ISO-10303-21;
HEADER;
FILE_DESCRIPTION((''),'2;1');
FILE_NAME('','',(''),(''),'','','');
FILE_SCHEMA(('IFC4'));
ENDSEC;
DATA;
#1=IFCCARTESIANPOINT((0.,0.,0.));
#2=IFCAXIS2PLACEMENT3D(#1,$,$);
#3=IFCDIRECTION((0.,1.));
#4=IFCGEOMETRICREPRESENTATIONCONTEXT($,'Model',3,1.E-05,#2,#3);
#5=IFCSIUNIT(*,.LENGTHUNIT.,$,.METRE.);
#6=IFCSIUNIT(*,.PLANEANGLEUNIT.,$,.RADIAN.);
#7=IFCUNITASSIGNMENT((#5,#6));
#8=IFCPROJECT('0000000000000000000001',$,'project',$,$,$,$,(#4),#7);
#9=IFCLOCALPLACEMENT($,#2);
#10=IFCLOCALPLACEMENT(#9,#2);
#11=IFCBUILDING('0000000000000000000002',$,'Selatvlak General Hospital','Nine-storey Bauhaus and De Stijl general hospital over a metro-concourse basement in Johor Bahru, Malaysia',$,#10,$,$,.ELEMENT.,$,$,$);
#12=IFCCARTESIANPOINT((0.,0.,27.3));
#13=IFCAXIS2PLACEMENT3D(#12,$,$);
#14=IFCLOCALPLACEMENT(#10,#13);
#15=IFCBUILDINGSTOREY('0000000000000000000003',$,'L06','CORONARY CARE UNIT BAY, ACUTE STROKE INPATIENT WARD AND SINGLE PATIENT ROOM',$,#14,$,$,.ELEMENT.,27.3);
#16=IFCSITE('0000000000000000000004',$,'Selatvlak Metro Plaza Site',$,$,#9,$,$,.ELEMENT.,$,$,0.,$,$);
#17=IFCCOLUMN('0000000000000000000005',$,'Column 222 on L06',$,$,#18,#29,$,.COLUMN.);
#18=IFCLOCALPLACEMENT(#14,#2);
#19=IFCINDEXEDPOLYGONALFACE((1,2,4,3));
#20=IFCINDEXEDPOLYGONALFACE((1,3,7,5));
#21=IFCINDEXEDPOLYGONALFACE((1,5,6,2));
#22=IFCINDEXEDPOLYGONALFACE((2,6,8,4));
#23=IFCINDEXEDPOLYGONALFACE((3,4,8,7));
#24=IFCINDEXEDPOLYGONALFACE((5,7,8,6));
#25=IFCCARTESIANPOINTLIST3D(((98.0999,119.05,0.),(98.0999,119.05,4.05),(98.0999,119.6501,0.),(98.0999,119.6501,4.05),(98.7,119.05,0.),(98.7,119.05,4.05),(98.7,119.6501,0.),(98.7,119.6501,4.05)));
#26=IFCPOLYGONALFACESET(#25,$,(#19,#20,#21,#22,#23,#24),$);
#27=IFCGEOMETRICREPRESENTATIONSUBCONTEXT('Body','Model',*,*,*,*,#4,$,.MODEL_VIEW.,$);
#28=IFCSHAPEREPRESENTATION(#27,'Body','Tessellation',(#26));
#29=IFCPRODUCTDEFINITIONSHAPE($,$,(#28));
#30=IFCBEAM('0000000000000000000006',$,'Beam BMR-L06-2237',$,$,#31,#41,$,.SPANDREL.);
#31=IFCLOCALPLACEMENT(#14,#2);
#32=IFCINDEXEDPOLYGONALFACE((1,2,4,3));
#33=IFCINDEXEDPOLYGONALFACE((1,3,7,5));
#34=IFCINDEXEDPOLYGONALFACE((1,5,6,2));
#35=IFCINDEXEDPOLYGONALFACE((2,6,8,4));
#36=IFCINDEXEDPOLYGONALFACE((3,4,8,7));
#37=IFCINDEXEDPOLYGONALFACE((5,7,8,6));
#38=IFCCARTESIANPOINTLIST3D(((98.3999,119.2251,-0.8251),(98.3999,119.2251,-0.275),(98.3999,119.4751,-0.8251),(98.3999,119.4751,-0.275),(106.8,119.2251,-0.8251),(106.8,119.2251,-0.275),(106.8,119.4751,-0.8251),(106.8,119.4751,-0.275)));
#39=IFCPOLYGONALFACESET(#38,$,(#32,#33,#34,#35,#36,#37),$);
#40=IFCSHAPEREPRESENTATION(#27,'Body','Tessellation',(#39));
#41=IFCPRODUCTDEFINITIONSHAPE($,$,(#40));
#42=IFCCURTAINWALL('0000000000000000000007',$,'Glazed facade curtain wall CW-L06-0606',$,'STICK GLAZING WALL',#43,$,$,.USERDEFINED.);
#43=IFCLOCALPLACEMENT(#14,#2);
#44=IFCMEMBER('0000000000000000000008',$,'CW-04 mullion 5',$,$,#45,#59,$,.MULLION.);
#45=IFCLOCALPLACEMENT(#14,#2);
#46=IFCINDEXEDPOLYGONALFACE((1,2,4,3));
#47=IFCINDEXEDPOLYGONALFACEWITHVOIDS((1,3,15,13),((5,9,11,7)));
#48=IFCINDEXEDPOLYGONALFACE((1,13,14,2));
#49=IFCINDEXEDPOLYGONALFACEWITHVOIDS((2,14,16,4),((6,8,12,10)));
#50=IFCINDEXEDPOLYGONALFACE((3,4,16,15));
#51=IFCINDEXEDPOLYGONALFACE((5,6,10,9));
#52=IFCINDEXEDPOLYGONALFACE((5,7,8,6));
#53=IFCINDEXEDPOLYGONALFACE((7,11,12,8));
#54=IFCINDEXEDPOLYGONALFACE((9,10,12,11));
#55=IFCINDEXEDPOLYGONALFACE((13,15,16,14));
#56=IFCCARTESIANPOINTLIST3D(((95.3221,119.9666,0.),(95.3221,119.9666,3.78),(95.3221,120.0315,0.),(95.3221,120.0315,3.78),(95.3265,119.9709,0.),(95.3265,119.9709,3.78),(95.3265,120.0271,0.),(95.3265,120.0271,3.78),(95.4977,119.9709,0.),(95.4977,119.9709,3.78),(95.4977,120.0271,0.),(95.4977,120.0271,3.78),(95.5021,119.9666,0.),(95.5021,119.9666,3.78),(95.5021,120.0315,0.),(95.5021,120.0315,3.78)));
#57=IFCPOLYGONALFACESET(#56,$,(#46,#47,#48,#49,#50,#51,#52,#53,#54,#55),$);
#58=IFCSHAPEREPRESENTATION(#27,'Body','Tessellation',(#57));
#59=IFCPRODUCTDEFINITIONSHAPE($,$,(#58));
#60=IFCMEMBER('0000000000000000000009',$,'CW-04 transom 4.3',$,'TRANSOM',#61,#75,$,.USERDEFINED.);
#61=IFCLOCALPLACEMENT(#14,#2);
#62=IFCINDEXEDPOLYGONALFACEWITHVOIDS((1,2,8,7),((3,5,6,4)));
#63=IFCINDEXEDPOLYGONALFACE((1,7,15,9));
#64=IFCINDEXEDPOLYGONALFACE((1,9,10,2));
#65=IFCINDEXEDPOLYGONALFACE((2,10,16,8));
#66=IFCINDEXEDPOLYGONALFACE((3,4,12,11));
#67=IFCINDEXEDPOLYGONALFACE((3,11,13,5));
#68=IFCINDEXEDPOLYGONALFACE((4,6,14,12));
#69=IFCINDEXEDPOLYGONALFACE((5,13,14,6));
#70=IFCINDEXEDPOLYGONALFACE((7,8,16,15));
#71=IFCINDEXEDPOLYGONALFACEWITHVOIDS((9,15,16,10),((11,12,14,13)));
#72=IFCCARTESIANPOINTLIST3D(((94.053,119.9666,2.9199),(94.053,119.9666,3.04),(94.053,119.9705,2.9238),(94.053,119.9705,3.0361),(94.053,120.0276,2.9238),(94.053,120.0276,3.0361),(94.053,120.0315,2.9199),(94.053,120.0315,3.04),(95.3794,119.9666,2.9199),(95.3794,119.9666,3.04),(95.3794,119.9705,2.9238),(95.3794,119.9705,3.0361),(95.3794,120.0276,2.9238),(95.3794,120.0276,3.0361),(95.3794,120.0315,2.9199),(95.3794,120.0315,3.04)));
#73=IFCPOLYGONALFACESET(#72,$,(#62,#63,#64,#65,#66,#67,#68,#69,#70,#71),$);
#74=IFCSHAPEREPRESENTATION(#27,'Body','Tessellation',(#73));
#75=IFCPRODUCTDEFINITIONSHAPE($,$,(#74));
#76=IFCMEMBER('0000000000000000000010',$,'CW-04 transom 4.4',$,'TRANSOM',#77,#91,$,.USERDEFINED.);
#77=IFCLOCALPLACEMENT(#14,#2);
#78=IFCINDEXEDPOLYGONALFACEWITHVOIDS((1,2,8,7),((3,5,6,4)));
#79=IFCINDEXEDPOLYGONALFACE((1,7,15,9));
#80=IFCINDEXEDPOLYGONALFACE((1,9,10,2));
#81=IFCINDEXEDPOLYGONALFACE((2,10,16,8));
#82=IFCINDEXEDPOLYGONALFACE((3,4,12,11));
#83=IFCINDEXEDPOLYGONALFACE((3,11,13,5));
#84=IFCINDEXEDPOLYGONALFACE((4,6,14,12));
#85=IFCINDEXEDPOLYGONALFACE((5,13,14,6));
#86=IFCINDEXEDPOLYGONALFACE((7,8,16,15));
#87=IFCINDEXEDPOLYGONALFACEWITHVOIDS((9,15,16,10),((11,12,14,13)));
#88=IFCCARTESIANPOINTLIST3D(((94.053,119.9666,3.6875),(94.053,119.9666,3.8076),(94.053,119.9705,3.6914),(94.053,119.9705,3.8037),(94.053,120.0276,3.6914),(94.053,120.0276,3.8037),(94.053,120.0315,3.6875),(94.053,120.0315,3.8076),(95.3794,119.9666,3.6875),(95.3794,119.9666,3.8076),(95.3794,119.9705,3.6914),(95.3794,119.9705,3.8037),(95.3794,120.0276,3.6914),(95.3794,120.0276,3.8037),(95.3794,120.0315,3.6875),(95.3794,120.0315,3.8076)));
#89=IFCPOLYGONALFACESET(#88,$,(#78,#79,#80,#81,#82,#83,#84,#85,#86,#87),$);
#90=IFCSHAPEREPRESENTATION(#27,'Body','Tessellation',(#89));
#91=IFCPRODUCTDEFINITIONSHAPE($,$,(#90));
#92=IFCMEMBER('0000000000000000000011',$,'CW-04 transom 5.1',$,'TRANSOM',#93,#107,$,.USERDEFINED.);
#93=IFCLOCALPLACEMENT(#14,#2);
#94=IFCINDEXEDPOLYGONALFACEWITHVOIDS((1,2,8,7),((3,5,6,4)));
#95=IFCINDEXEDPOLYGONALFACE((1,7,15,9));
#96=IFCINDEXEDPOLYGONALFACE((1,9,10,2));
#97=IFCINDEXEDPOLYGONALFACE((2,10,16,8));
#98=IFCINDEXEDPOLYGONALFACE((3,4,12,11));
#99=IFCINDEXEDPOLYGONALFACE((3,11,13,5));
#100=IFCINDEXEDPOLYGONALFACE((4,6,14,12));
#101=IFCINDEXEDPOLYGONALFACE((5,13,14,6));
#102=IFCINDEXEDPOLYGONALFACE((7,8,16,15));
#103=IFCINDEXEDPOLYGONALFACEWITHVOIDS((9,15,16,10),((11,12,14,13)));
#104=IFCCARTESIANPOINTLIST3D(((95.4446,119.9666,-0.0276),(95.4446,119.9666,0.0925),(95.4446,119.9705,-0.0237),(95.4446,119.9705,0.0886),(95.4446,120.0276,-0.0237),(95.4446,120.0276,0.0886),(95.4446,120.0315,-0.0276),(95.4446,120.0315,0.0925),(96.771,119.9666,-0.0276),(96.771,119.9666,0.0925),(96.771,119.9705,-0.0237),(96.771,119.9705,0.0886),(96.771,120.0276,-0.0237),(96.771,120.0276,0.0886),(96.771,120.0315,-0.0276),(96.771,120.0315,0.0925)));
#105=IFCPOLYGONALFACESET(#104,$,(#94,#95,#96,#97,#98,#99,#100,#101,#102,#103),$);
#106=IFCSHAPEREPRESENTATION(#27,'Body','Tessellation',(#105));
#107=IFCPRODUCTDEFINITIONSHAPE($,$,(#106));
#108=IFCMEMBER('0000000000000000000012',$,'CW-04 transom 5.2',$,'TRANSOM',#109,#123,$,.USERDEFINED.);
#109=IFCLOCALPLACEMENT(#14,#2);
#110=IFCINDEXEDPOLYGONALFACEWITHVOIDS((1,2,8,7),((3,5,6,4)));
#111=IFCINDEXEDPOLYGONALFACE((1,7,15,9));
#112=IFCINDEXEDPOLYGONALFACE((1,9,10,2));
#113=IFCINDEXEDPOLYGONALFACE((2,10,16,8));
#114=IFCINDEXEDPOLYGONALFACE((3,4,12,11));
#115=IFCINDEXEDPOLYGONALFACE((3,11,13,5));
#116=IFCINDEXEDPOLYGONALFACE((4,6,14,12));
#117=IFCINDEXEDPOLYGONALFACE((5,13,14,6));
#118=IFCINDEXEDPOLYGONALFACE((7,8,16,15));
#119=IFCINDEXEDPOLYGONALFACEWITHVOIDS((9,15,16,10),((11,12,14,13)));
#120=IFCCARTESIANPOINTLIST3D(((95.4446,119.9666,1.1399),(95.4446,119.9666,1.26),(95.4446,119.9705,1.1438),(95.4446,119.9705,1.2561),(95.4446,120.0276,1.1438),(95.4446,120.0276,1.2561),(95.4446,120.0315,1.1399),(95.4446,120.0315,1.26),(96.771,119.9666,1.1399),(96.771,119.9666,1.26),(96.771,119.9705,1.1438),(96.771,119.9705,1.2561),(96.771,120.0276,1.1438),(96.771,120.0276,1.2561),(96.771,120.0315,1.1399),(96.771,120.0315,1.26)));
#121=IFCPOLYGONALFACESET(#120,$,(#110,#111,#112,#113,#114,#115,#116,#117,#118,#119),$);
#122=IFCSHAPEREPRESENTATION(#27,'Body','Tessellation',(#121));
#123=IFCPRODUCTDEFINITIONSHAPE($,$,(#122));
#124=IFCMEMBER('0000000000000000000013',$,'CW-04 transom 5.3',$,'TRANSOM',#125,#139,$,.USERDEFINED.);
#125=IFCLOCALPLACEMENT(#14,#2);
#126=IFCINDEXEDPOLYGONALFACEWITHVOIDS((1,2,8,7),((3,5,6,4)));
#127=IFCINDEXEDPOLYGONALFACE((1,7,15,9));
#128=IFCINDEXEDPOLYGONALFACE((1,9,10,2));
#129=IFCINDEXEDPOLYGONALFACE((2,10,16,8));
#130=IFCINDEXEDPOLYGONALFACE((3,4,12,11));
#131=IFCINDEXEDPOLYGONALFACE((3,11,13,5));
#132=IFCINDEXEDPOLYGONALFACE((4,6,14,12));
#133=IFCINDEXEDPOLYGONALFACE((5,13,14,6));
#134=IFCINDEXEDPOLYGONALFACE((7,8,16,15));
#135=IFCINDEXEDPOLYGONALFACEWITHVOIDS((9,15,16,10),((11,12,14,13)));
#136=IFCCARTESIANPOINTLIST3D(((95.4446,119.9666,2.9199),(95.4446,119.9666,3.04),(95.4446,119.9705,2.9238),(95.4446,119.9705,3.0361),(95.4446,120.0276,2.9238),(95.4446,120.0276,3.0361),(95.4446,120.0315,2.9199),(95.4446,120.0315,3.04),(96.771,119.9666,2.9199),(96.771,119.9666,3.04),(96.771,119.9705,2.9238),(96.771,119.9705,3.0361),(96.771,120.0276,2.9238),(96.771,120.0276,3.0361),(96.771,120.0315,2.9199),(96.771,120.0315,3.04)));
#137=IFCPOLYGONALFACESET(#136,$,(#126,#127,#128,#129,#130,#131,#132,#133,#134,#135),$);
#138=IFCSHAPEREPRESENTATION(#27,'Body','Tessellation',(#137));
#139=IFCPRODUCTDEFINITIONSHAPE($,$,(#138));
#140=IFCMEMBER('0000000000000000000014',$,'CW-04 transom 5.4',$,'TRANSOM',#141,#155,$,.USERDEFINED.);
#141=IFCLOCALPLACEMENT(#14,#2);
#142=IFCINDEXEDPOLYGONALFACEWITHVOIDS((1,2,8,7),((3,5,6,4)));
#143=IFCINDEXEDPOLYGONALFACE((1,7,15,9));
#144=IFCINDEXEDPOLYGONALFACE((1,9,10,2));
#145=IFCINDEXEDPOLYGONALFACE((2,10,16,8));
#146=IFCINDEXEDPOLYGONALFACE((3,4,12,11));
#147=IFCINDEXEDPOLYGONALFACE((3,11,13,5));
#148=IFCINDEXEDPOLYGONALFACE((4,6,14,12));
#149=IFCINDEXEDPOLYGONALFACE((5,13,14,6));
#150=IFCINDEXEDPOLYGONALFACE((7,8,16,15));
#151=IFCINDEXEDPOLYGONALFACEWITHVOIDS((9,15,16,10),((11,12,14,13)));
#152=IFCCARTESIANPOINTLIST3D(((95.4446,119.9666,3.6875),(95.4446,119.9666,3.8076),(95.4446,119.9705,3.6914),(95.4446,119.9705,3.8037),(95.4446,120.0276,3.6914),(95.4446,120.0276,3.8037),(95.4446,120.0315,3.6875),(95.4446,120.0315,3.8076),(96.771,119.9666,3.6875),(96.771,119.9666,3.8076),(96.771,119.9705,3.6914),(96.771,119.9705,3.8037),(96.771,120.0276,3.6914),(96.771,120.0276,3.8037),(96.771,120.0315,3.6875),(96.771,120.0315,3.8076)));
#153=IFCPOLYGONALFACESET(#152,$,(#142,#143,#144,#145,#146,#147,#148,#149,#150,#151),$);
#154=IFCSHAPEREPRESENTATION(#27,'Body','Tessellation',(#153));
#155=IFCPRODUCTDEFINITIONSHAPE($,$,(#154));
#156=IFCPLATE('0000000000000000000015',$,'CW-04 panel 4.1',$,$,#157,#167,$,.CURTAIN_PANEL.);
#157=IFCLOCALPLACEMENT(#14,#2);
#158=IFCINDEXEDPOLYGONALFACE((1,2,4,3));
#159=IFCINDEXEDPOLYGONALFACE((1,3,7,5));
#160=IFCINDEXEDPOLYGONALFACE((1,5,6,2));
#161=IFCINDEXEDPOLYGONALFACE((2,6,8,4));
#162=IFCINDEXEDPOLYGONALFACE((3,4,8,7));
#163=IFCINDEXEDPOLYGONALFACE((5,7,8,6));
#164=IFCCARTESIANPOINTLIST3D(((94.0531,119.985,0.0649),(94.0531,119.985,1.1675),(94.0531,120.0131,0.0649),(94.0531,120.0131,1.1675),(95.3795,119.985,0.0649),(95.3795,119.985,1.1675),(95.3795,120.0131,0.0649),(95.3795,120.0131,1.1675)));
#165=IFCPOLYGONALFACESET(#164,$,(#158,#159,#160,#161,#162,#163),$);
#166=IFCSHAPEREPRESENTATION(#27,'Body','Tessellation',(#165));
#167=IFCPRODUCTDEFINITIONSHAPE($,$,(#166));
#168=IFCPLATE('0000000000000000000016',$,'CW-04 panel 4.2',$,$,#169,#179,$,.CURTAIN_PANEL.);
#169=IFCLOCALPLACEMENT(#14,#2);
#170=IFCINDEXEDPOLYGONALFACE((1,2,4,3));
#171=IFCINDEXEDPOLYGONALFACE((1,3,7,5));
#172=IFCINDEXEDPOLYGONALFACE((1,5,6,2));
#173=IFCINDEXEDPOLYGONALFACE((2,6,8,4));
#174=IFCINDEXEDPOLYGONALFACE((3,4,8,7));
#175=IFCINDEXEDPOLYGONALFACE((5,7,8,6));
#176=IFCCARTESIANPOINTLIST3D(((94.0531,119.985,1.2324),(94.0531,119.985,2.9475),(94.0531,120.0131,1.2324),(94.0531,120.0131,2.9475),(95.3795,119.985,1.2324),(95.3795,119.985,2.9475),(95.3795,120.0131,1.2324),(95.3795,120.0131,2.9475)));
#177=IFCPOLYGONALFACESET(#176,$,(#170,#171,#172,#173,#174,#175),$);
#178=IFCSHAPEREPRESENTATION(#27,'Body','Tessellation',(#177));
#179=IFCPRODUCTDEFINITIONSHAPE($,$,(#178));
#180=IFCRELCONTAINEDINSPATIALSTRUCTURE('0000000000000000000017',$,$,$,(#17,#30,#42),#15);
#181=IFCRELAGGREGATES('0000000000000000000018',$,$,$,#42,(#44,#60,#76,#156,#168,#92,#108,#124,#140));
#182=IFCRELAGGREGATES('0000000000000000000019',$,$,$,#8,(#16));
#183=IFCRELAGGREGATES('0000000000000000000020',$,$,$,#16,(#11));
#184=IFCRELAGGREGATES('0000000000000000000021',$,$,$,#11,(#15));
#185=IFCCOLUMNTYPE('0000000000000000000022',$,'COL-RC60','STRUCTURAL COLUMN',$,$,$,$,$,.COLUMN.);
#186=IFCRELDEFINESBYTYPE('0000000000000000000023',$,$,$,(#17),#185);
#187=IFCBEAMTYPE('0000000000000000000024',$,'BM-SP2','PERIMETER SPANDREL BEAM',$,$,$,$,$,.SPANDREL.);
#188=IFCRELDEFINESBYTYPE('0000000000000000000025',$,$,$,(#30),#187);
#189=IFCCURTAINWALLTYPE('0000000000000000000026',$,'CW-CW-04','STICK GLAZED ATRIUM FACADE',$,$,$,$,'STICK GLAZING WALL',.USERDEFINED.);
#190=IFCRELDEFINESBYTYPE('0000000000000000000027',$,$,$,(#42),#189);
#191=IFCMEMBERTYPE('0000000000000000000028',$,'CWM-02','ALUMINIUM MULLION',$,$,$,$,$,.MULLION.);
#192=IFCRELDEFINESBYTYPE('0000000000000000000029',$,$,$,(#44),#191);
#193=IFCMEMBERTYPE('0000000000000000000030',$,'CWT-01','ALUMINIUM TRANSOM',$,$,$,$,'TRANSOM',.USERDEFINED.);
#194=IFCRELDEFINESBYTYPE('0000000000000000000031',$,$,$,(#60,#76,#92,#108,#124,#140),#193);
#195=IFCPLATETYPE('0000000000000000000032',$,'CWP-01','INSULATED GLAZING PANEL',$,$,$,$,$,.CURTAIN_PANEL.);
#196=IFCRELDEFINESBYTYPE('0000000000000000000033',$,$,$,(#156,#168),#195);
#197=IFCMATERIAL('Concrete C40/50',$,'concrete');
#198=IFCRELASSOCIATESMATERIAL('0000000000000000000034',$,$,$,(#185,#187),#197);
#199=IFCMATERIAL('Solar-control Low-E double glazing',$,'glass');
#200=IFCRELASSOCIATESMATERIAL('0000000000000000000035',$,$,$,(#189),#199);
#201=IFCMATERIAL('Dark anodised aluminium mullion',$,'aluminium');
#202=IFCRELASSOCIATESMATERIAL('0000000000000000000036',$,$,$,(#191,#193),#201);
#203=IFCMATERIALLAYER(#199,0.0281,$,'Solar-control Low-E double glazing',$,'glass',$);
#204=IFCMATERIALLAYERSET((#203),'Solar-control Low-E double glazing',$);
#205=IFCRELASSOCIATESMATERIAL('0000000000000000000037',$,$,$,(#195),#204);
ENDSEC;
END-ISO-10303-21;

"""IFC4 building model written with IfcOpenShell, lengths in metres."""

from ifc_helpers import new_model, si_unit, direction, frame, origin, origin_2d, place, context, subcontext, project, spatial, rectangle, hollow_rectangle, extrude, material, layer, layer_set, material_profile, profile_set, type_object, element, aggregate, save


model = new_model("IFC4")

# Units and contexts
model_context = context("Model", 3, precision=1e-05, world=origin(), true_north=direction((0.0, 1.0)))
body_context = subcontext(model_context, "Body", "Model", "MODEL_VIEW")
ifc_project = project(units=[si_unit("LENGTHUNIT", "METRE"), si_unit("PLANEANGLEUNIT", "RADIAN")], contexts=[model_context])

# Site, building, storey
site_placement = place(None, origin())
site = spatial("IfcSite", under=ifc_project, at=site_placement, Name="Selatvlak Metro Plaza Site", CompositionType="ELEMENT", RefElevation=0.0)
building_placement = place(site_placement, origin())
building = spatial("IfcBuilding", under=site, at=building_placement, Name="Selatvlak General Hospital", Description="Nine-storey Bauhaus and De Stijl general hospital over a metro-concourse basement in Johor Bahru, Malaysia", CompositionType="ELEMENT")
storey_placement = place(building_placement, frame((0.0, 0.0, 27.3)))
storey = spatial("IfcBuildingStorey", under=building, at=storey_placement, Name="L06", Description="CORONARY CARE UNIT BAY, ACUTE STROKE INPATIENT WARD AND SINGLE PATIENT ROOM", CompositionType="ELEMENT", Elevation=27.3)

# Column
ifc_material_1 = material(Name="Concrete C40/50", Category="concrete")
ifc_material_profile_1 = material_profile(ifc_material_1, rectangle(XDim=0.6001, YDim=0.6001, at=origin_2d()), Name="RC-COL 600x600")
ifc_profile_set_1 = profile_set([ifc_material_profile_1], Name="Concrete C40/50")
column_type = type_object("IfcColumnType", Name="COL-RC60", Description="STRUCTURAL COLUMN", PredefinedType="COLUMN", material=ifc_profile_set_1)
column_placement = place(storey_placement, frame((98.3999, 119.3501, 0.0), z_axis=(0.0, 0.0, 1.0), x_axis=(1.0, 0.0, 0.0)))
element("IfcColumn", 1, at=column_placement, inside=storey, type_object=column_type, Name="Column 222 on L06", PredefinedType="COLUMN", context=body_context, shape_type="SweptSolid", body=[
    extrude(rectangle(XDim=0.6001, YDim=0.6001, at=origin_2d()), origin(), (0.0, 0.0, 1.0), 4.05),
])

# Beam
ifc_material_profile_2 = material_profile(ifc_material_1, rectangle(XDim=0.25, YDim=0.55, at=origin_2d()), Name="RC-SP 250x550")
ifc_profile_set_2 = profile_set([ifc_material_profile_2], Name="Concrete C40/50")
beam_type = type_object("IfcBeamType", Name="BM-SP2", Description="PERIMETER SPANDREL BEAM", PredefinedType="SPANDREL", material=ifc_profile_set_2)
beam_placement = place(storey_placement, frame((98.3999, 119.3501, -0.55), z_axis=(1.0, 0.0, 0.0), x_axis=(0.0, 1.0, 0.0)))
element("IfcBeam", 2, at=beam_placement, inside=storey, type_object=beam_type, Name="Beam BMR-L06-2237", PredefinedType="SPANDREL", context=body_context, shape_type="SweptSolid", body=[
    extrude(rectangle(XDim=0.25, YDim=0.55, at=origin_2d()), origin(), (0.0, 0.0, 1.0), 8.4001),
])

# Curtain wall, members, plates
ifc_material_2 = material(Name="Solar-control Low-E double glazing", Category="glass")
curtain_wall_type = type_object("IfcCurtainWallType", Name="CW-CW-04", Description="STICK GLAZED ATRIUM FACADE", ElementType="STICK GLAZING WALL", PredefinedType="USERDEFINED", material=ifc_material_2)
curtain_wall_placement = place(storey_placement, origin())
curtain_wall = element("IfcCurtainWall", 3, at=curtain_wall_placement, inside=storey, type_object=curtain_wall_type, Name="Glazed facade curtain wall CW-L06-0606", ObjectType="STICK GLAZING WALL", PredefinedType="USERDEFINED")
ifc_material_3 = material(Name="Dark anodised aluminium mullion", Category="aluminium")
ifc_material_profile_3 = material_profile(ifc_material_3, hollow_rectangle(XDim=0.0649, YDim=0.1799, WallThickness=0.0044, at=origin_2d()), Name="AL-MUL 65x180x4.5")
ifc_profile_set_3 = profile_set([ifc_material_profile_3], Name="Dark anodised aluminium mullion")
member_type_1 = type_object("IfcMemberType", Name="CWM-02", Description="ALUMINIUM MULLION", PredefinedType="MULLION", material=ifc_profile_set_3)
member_1_placement = place(storey_placement, frame((95.4121, 119.999, 0.0), z_axis=(0.0, 0.0, 1.0), x_axis=(0.0, 1.0, 0.0)))
member_1 = element("IfcMember", 4, at=member_1_placement, type_object=member_type_1, Name="CW-04 mullion 5", PredefinedType="MULLION", context=body_context, shape_type="SweptSolid", body=[
    extrude(hollow_rectangle(XDim=0.0649, YDim=0.1799, WallThickness=0.0044, at=origin_2d()), origin(), (0.0, 0.0, 1.0), 3.78),
])
ifc_material_profile_4 = material_profile(ifc_material_3, hollow_rectangle(XDim=0.0649, YDim=0.1201, WallThickness=0.0039, at=origin_2d()), Name="AL-TRN 65x120x4")
ifc_profile_set_4 = profile_set([ifc_material_profile_4], Name="Dark anodised aluminium mullion")
member_type_2 = type_object("IfcMemberType", Name="CWT-01", Description="ALUMINIUM TRANSOM", ElementType="TRANSOM", PredefinedType="USERDEFINED", material=ifc_profile_set_4)
member_2_placement = place(storey_placement, frame((94.053, 119.999, 2.98), z_axis=(1.0, 0.0, 0.0), x_axis=(0.0, 1.0, 0.0)))
member_2 = element("IfcMember", 5, at=member_2_placement, type_object=member_type_2, Name="CW-04 transom 4.3", ObjectType="TRANSOM", PredefinedType="USERDEFINED", context=body_context, shape_type="SweptSolid", body=[
    extrude(hollow_rectangle(XDim=0.0649, YDim=0.1201, WallThickness=0.0039, at=origin_2d()), origin(), (0.0, 0.0, 1.0), 1.3264),
])
member_3_placement = place(storey_placement, frame((94.053, 119.999, 3.7476), z_axis=(1.0, 0.0, 0.0), x_axis=(0.0, 1.0, 0.0)))
member_3 = element("IfcMember", 6, at=member_3_placement, type_object=member_type_2, Name="CW-04 transom 4.4", ObjectType="TRANSOM", PredefinedType="USERDEFINED", context=body_context, shape_type="SweptSolid", body=[
    extrude(hollow_rectangle(XDim=0.0649, YDim=0.1201, WallThickness=0.0039, at=origin_2d()), origin(), (0.0, 0.0, 1.0), 1.3264),
])
member_4_placement = place(storey_placement, frame((95.4446, 119.999, 0.0325), z_axis=(1.0, 0.0, 0.0), x_axis=(0.0, 1.0, 0.0)))
member_4 = element("IfcMember", 7, at=member_4_placement, type_object=member_type_2, Name="CW-04 transom 5.1", ObjectType="TRANSOM", PredefinedType="USERDEFINED", context=body_context, shape_type="SweptSolid", body=[
    extrude(hollow_rectangle(XDim=0.0649, YDim=0.1201, WallThickness=0.0039, at=origin_2d()), origin(), (0.0, 0.0, 1.0), 1.3264),
])
member_5_placement = place(storey_placement, frame((95.4446, 119.999, 1.2), z_axis=(1.0, 0.0, 0.0), x_axis=(0.0, 1.0, 0.0)))
member_5 = element("IfcMember", 8, at=member_5_placement, type_object=member_type_2, Name="CW-04 transom 5.2", ObjectType="TRANSOM", PredefinedType="USERDEFINED", context=body_context, shape_type="SweptSolid", body=[
    extrude(hollow_rectangle(XDim=0.0649, YDim=0.1201, WallThickness=0.0039, at=origin_2d()), origin(), (0.0, 0.0, 1.0), 1.3264),
])
member_6_placement = place(storey_placement, frame((95.4446, 119.999, 2.98), z_axis=(1.0, 0.0, 0.0), x_axis=(0.0, 1.0, 0.0)))
member_6 = element("IfcMember", 9, at=member_6_placement, type_object=member_type_2, Name="CW-04 transom 5.3", ObjectType="TRANSOM", PredefinedType="USERDEFINED", context=body_context, shape_type="SweptSolid", body=[
    extrude(hollow_rectangle(XDim=0.0649, YDim=0.1201, WallThickness=0.0039, at=origin_2d()), origin(), (0.0, 0.0, 1.0), 1.3264),
])
member_7_placement = place(storey_placement, frame((95.4446, 119.999, 3.7476), z_axis=(1.0, 0.0, 0.0), x_axis=(0.0, 1.0, 0.0)))
member_7 = element("IfcMember", 10, at=member_7_placement, type_object=member_type_2, Name="CW-04 transom 5.4", ObjectType="TRANSOM", PredefinedType="USERDEFINED", context=body_context, shape_type="SweptSolid", body=[
    extrude(hollow_rectangle(XDim=0.0649, YDim=0.1201, WallThickness=0.0039, at=origin_2d()), origin(), (0.0, 0.0, 1.0), 1.3264),
])
ifc_layer_1 = layer(ifc_material_2, 0.0281, Name="Solar-control Low-E double glazing", Category="glass")
ifc_layer_set_1 = layer_set([ifc_layer_1], Name="Solar-control Low-E double glazing")
plate_type = type_object("IfcPlateType", Name="CWP-01", Description="INSULATED GLAZING PANEL", PredefinedType="CURTAIN_PANEL", material=ifc_layer_set_1)
plate_1_placement = place(storey_placement, frame((94.7163, 119.999, 0.0649), z_axis=(0.0, 0.0, 1.0), x_axis=(1.0, 0.0, 0.0)))
plate_1 = element("IfcPlate", 11, at=plate_1_placement, type_object=plate_type, Name="CW-04 panel 4.1", PredefinedType="CURTAIN_PANEL", context=body_context, shape_type="SweptSolid", body=[
    extrude(rectangle(XDim=1.3264, YDim=0.0281, at=origin_2d()), origin(), (0.0, 0.0, 1.0), 1.1025),
])
plate_2_placement = place(storey_placement, frame((94.7163, 119.999, 1.2324), z_axis=(0.0, 0.0, 1.0), x_axis=(1.0, 0.0, 0.0)))
plate_2 = element("IfcPlate", 12, at=plate_2_placement, type_object=plate_type, Name="CW-04 panel 4.2", PredefinedType="CURTAIN_PANEL", context=body_context, shape_type="SweptSolid", body=[
    extrude(rectangle(XDim=1.3264, YDim=0.0281, at=origin_2d()), origin(), (0.0, 0.0, 1.0), 1.7151),
])
aggregate(curtain_wall, [member_1, member_2, member_3, plate_1, plate_2, member_4, member_5, member_6, member_7])

save(model, "model.ifc")
